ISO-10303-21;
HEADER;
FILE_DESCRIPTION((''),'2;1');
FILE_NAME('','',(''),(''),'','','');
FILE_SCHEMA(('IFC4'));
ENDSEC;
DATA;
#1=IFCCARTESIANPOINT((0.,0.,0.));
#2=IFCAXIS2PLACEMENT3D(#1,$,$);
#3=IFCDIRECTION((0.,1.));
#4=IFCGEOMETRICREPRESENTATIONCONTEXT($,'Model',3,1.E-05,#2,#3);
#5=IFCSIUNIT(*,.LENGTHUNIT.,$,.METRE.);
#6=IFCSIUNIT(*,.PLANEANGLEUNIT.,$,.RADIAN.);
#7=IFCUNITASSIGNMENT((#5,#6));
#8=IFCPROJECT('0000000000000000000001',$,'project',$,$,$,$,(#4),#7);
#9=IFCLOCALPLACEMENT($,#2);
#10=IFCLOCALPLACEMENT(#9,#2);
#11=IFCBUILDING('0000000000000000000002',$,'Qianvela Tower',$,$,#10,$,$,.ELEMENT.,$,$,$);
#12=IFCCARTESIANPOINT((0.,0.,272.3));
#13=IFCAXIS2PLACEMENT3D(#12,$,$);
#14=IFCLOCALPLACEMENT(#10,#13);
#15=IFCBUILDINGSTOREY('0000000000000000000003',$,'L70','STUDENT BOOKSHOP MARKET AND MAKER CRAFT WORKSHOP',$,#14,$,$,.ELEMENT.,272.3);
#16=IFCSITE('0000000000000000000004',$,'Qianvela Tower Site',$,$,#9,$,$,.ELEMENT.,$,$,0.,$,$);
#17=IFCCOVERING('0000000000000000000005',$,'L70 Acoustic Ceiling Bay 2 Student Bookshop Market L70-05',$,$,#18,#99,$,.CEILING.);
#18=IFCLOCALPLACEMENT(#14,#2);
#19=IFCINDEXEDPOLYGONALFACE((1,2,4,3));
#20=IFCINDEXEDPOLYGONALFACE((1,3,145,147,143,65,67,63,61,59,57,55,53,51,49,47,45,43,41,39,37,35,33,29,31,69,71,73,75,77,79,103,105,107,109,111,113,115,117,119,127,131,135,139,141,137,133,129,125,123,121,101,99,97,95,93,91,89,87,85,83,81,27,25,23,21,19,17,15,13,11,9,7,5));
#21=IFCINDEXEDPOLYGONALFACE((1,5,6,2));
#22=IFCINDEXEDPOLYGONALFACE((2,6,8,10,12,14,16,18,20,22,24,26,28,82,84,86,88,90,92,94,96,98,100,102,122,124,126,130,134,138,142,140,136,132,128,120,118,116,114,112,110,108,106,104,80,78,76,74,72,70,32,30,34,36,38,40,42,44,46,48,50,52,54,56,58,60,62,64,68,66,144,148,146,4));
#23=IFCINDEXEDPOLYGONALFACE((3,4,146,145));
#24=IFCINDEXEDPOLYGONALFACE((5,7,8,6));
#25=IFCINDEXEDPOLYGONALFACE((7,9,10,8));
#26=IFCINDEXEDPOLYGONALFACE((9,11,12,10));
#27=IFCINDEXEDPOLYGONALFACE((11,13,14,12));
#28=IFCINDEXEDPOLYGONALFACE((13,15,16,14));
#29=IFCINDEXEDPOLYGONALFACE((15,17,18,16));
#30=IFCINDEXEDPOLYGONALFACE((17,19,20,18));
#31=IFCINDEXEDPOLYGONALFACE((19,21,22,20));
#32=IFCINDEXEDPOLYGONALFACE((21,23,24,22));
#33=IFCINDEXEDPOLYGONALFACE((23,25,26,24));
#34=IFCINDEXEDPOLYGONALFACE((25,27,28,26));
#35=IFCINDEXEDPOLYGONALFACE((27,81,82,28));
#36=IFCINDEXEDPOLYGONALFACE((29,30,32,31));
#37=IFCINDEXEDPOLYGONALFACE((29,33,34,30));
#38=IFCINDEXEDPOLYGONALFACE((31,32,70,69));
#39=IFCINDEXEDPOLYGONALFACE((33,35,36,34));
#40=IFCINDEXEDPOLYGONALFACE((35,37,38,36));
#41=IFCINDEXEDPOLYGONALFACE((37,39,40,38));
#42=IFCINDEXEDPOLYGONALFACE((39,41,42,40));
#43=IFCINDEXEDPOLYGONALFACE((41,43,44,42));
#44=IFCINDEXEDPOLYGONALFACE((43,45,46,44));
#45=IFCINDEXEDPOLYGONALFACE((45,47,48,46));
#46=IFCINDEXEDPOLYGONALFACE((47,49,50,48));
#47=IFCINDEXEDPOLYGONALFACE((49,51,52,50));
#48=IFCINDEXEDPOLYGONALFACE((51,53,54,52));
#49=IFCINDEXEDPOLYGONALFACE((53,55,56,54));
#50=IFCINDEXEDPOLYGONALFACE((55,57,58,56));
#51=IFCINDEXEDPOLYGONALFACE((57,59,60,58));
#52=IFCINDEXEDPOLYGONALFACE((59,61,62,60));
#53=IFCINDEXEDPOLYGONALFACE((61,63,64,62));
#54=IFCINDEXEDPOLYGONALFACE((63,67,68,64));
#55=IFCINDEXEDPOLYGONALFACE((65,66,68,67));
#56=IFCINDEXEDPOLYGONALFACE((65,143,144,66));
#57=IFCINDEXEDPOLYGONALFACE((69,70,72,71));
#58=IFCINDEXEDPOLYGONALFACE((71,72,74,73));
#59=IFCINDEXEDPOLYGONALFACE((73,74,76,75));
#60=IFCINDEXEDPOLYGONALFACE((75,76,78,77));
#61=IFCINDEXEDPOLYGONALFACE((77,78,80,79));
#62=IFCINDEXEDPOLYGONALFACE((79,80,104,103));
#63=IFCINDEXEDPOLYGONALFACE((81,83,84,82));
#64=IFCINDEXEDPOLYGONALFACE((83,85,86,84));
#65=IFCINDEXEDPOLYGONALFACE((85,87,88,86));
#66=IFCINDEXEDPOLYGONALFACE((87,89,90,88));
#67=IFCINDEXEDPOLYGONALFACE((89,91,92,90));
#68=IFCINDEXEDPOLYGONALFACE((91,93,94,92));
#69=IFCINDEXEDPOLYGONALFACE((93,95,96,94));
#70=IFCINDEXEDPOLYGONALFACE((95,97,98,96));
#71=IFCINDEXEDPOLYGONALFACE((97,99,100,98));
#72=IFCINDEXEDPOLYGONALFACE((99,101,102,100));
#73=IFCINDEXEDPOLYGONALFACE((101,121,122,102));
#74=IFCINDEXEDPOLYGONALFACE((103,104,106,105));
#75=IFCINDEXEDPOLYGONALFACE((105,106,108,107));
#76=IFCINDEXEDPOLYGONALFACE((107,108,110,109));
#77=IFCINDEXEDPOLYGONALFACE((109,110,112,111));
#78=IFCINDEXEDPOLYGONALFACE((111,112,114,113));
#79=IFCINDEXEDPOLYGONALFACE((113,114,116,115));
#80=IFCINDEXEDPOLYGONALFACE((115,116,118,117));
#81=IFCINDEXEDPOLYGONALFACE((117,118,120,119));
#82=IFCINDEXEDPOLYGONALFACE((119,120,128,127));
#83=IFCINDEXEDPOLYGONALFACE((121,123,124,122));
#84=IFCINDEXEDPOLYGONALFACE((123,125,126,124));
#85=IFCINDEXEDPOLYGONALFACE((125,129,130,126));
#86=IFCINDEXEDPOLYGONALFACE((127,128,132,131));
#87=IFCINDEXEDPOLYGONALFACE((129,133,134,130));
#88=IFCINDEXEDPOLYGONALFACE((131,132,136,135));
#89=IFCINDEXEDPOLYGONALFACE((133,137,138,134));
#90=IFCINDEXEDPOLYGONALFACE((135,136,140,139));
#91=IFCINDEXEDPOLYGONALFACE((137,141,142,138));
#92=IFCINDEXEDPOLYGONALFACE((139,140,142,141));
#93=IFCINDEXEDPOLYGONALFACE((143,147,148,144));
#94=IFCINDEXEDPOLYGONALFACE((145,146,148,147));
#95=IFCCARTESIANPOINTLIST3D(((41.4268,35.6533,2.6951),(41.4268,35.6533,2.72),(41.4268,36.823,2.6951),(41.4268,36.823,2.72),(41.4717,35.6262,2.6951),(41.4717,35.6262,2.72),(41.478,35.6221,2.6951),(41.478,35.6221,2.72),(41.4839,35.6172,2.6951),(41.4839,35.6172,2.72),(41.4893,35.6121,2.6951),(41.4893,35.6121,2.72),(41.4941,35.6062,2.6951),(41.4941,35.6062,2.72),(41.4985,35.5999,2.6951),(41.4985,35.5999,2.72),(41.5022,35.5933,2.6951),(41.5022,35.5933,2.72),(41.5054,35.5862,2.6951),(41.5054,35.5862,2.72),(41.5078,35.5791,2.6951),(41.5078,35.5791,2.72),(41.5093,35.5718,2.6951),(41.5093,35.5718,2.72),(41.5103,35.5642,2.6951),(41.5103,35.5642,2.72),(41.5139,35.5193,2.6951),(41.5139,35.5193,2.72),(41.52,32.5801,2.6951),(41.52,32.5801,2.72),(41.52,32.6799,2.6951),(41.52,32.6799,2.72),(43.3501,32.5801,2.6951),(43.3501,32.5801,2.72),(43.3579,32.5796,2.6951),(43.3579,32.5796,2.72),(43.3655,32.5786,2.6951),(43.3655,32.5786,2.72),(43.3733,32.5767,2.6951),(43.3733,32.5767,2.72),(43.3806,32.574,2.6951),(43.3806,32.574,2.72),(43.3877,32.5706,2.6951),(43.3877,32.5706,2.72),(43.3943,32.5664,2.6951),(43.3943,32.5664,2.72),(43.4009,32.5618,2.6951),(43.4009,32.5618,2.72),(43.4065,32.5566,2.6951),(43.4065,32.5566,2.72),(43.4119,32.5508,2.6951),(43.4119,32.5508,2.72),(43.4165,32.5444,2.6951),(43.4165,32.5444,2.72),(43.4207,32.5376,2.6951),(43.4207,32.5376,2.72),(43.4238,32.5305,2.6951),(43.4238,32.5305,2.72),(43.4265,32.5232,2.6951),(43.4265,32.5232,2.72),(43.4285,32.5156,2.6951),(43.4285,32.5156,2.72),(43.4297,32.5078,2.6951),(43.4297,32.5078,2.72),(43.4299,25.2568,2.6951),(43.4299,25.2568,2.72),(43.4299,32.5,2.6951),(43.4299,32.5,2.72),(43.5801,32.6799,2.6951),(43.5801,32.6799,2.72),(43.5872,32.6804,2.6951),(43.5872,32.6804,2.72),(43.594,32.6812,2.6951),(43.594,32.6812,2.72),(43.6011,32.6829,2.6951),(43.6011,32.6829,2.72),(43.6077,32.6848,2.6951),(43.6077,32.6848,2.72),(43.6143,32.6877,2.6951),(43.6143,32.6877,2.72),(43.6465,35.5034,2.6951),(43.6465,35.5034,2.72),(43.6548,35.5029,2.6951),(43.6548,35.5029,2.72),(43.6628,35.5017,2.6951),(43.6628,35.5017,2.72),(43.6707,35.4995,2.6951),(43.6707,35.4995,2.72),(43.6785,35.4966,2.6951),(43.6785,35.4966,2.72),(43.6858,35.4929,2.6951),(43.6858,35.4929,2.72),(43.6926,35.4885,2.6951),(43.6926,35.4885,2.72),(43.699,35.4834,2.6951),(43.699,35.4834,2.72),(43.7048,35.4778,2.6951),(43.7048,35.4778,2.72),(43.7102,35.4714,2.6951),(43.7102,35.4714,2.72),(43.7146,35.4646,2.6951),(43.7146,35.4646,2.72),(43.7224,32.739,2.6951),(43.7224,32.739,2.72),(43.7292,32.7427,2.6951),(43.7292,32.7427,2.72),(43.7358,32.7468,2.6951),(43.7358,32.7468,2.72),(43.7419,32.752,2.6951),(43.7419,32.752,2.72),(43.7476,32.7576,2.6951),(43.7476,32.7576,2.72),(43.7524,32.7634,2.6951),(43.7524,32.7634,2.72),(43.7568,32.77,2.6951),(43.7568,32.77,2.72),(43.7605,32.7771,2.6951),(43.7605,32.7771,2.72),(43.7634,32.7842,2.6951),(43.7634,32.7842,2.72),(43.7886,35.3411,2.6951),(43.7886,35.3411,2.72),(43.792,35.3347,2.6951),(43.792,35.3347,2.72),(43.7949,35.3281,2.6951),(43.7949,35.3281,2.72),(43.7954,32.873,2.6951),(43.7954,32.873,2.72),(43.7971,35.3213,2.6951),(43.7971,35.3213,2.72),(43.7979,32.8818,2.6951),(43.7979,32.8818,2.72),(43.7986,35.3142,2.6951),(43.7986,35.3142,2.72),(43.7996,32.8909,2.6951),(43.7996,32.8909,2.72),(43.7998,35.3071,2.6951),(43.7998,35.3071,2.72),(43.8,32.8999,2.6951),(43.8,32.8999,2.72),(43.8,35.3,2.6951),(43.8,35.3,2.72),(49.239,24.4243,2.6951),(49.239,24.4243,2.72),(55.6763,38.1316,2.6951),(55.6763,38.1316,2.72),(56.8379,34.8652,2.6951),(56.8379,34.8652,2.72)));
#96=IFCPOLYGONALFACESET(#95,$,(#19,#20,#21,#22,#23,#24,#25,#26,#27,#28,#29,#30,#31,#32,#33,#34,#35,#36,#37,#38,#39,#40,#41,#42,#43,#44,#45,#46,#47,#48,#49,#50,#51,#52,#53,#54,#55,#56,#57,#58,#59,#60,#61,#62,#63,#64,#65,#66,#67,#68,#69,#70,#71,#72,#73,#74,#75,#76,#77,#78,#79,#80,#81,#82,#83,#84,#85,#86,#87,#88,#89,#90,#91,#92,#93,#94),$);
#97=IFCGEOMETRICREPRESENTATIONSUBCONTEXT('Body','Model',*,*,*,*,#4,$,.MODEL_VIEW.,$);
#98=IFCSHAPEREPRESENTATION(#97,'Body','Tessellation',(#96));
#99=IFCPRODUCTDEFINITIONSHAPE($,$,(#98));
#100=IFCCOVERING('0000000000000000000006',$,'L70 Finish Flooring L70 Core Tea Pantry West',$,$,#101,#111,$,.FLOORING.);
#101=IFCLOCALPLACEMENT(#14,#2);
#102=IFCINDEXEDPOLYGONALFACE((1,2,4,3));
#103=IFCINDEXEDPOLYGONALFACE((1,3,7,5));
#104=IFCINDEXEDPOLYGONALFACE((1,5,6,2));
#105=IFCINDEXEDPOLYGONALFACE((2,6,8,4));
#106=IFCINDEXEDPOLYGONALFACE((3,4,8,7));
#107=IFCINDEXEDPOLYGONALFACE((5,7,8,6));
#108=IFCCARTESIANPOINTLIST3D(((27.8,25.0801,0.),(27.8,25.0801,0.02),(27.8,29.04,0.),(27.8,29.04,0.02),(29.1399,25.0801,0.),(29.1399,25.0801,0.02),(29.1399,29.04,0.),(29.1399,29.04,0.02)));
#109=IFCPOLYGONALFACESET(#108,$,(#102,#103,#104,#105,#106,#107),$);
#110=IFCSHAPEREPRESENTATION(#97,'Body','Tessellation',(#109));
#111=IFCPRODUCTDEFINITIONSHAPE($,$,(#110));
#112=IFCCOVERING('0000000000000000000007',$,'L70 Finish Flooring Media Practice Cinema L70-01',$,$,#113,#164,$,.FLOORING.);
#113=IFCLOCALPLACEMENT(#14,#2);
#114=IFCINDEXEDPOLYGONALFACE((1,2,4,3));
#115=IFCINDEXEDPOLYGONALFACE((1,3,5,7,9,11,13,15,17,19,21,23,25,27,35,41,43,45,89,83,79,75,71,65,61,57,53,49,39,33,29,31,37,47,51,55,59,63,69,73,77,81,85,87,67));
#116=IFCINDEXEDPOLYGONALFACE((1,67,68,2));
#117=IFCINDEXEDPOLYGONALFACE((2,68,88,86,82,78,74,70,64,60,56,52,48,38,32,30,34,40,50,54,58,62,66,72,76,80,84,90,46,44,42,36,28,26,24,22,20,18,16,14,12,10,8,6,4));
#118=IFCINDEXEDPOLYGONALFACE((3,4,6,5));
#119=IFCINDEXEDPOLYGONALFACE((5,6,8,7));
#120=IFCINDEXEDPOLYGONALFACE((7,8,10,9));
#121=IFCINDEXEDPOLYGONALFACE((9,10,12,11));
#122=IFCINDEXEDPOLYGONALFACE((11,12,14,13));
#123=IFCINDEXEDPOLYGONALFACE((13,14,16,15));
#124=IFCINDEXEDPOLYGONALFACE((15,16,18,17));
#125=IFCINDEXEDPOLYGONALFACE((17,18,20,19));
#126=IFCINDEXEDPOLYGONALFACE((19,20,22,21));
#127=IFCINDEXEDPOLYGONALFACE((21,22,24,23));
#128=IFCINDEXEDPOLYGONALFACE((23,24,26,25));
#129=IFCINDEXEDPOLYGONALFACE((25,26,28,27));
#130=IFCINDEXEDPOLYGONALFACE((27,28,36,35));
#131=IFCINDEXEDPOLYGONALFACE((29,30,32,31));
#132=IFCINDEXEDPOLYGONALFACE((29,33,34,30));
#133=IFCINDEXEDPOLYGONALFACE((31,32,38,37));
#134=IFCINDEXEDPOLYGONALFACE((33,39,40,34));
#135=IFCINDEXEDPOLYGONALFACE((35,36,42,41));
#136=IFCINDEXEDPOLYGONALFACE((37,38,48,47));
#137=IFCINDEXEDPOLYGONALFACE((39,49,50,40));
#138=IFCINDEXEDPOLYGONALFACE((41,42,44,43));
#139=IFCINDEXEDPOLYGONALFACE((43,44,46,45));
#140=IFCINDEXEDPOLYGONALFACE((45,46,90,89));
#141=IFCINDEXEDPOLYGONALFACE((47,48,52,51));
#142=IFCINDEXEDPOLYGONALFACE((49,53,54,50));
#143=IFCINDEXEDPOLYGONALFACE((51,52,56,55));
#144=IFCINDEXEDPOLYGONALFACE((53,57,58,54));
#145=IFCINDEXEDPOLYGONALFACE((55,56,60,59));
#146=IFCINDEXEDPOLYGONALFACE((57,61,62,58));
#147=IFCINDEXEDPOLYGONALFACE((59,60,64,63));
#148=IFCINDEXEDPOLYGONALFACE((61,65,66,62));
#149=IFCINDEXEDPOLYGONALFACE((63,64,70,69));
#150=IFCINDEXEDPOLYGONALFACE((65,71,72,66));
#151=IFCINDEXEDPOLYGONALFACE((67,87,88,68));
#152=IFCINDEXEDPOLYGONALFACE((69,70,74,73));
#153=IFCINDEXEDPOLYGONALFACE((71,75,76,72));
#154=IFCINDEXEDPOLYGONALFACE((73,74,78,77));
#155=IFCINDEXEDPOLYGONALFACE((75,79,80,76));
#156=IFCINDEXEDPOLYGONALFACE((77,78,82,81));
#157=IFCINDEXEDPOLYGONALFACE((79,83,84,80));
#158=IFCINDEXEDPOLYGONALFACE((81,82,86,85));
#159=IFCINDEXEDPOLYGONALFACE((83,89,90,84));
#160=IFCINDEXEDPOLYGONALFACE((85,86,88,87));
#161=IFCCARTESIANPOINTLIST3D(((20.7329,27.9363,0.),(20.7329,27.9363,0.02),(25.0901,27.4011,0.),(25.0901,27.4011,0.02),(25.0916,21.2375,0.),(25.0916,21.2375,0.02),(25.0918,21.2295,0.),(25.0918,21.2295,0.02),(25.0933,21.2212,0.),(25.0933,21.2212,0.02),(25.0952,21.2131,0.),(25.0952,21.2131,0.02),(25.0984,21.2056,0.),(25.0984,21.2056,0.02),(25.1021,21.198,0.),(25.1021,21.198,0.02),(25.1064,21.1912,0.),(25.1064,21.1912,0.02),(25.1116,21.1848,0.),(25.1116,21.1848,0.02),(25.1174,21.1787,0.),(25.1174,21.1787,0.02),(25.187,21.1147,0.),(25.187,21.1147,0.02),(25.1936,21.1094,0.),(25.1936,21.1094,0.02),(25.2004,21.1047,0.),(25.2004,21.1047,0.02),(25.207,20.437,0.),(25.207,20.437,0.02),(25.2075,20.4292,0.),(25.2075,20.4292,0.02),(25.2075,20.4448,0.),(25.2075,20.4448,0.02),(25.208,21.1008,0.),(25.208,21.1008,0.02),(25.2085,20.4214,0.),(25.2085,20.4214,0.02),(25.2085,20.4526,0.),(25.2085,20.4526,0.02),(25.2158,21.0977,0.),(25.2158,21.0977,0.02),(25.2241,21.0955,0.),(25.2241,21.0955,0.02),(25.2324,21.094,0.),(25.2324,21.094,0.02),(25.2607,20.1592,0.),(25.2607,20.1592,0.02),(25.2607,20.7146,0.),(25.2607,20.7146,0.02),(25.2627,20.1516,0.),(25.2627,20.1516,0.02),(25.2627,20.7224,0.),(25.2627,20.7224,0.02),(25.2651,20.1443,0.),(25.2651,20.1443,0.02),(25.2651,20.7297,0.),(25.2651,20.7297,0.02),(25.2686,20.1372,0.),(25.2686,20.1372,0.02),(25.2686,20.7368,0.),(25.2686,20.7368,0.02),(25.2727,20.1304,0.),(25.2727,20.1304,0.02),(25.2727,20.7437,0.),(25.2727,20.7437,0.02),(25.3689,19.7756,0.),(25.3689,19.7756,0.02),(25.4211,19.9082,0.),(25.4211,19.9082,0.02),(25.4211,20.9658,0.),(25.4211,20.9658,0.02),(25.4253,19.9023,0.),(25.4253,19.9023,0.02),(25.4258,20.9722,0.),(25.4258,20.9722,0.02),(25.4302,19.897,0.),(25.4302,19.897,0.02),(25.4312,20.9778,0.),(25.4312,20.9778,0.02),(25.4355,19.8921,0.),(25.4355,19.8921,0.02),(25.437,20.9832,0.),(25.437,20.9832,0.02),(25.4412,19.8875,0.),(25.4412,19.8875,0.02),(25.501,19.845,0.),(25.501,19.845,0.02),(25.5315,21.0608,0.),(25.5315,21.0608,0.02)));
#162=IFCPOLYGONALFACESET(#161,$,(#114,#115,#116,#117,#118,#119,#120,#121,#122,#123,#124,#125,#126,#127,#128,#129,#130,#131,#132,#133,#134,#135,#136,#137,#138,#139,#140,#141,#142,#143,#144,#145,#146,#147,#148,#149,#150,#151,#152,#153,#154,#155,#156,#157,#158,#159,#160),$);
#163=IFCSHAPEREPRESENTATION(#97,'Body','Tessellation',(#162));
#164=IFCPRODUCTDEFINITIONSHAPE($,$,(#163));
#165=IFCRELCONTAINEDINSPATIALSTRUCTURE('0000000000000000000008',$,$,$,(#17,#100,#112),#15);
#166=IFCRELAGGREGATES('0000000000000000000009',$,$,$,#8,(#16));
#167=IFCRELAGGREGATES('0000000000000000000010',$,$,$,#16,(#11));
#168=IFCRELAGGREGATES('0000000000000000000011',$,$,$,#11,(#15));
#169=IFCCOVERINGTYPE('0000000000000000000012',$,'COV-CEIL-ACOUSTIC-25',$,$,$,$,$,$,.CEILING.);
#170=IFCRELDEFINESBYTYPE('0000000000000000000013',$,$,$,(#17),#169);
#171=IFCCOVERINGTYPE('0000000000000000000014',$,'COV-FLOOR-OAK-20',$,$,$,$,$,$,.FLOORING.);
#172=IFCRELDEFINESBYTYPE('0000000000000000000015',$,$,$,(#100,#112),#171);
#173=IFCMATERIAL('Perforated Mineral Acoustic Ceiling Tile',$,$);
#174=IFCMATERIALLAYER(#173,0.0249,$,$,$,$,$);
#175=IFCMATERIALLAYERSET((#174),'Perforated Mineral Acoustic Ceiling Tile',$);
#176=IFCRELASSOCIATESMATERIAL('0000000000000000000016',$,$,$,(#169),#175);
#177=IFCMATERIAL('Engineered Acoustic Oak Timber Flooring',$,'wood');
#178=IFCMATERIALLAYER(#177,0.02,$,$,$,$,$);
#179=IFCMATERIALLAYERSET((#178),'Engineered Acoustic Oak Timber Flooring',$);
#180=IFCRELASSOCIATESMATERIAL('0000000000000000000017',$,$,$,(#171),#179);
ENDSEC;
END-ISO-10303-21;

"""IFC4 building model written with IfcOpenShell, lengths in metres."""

from ifc_helpers import new_model, si_unit, direction, frame, origin, place, context, subcontext, project, spatial, polyline, outline, extrude, material, layer, layer_set, type_object, element, save


model = new_model("IFC4")

# Units and contexts
model_context = context("Model", 3, precision=1e-05, world=origin(), true_north=direction((0.0, 1.0)))
body_context = subcontext(model_context, "Body", "Model", "MODEL_VIEW")
ifc_project = project(units=[si_unit("LENGTHUNIT", "METRE"), si_unit("PLANEANGLEUNIT", "RADIAN")], contexts=[model_context])

# Site, building, storey
site_placement = place(None, origin())
site = spatial("IfcSite", under=ifc_project, at=site_placement, Name="Qianvela Tower Site", CompositionType="ELEMENT", RefElevation=0.0)
building_placement = place(site_placement, origin())
building = spatial("IfcBuilding", under=site, at=building_placement, Name="Qianvela Tower", CompositionType="ELEMENT")
storey_placement = place(building_placement, frame((0.0, 0.0, 272.3)))
storey = spatial("IfcBuildingStorey", under=building, at=storey_placement, Name="L70", Description="STUDENT BOOKSHOP MARKET AND MAKER CRAFT WORKSHOP", CompositionType="ELEMENT", Elevation=272.3)

# Coverings
ifc_material_1 = material(Name="Perforated Mineral Acoustic Ceiling Tile")
ifc_layer_1 = layer(ifc_material_1, 0.0249)
ifc_layer_set_1 = layer_set([ifc_layer_1], Name="Perforated Mineral Acoustic Ceiling Tile")
covering_type_1 = type_object("IfcCoveringType", Name="COV-CEIL-ACOUSTIC-25", PredefinedType="CEILING", material=ifc_layer_set_1)
covering_1_placement = place(storey_placement, frame((0.0, 0.0, 2.6951)))
element("IfcCovering", 1, at=covering_1_placement, inside=storey, type_object=covering_type_1, Name="L70 Acoustic Ceiling Bay 2 Student Bookshop Market L70-05", PredefinedType="CEILING", context=body_context, shape_type="SweptSolid", body=[
    extrude(outline(polyline([(55.6763, 38.1316), (56.8379, 34.8652), (49.239, 24.4243), (43.4299, 25.2568), (43.4299, 32.5), (43.4297, 32.5078), (43.4285, 32.5156), (43.4265, 32.5232), (43.4238, 32.5305), (43.4207, 32.5376), (43.4165, 32.5444), (43.4119, 32.5508), (43.4065, 32.5566), (43.4009, 32.5618), (43.3943, 32.5664), (43.3877, 32.5706), (43.3806, 32.574), (43.3733, 32.5767), (43.3655, 32.5786), (43.3579, 32.5796), (43.3501, 32.5801), (41.52, 32.5801), (41.52, 32.6799), (43.5801, 32.6799), (43.5872, 32.6804), (43.594, 32.6812), (43.6011, 32.6829), (43.6077, 32.6848), (43.6143, 32.6877), (43.7224, 32.739), (43.7292, 32.7427), (43.7358, 32.7468), (43.7419, 32.752), (43.7476, 32.7576), (43.7524, 32.7634), (43.7568, 32.77), (43.7605, 32.7771), (43.7634, 32.7842), (43.7954, 32.873), (43.7979, 32.8818), (43.7996, 32.8909), (43.8, 32.8999), (43.8, 35.3), (43.7998, 35.3071), (43.7986, 35.3142), (43.7971, 35.3213), (43.7949, 35.3281), (43.792, 35.3347), (43.7886, 35.3411), (43.7146, 35.4646), (43.7102, 35.4714), (43.7048, 35.4778), (43.699, 35.4834), (43.6926, 35.4885), (43.6858, 35.4929), (43.6785, 35.4966), (43.6707, 35.4995), (43.6628, 35.5017), (43.6548, 35.5029), (43.6465, 35.5034), (41.5139, 35.5193), (41.5103, 35.5642), (41.5093, 35.5718), (41.5078, 35.5791), (41.5054, 35.5862), (41.5022, 35.5933), (41.4985, 35.5999), (41.4941, 35.6062), (41.4893, 35.6121), (41.4839, 35.6172), (41.478, 35.6221), (41.4717, 35.6262), (41.4268, 35.6533), (41.4268, 36.823), (55.6763, 38.1316)])), origin(), (0.0, 0.0, 1.0), 0.0249),
])
ifc_material_2 = material(Name="Engineered Acoustic Oak Timber Flooring", Category="wood")
ifc_layer_2 = layer(ifc_material_2, 0.02)
ifc_layer_set_2 = layer_set([ifc_layer_2], Name="Engineered Acoustic Oak Timber Flooring")
covering_type_2 = type_object("IfcCoveringType", Name="COV-FLOOR-OAK-20", PredefinedType="FLOORING", material=ifc_layer_set_2)
covering_2_placement = place(storey_placement, origin())
element("IfcCovering", 2, at=covering_2_placement, inside=storey, type_object=covering_type_2, Name="L70 Finish Flooring L70 Core Tea Pantry West", PredefinedType="FLOORING", context=body_context, shape_type="SweptSolid", body=[
    extrude(outline(polyline([(27.8, 25.0801), (27.8, 29.04), (29.1399, 29.04), (29.1399, 25.0801), (27.8, 25.0801)])), origin(), (0.0, 0.0, 1.0), 0.02),
])
covering_3_placement = place(storey_placement, origin())
element("IfcCovering", 3, at=covering_3_placement, inside=storey, type_object=covering_type_2, Name="L70 Finish Flooring Media Practice Cinema L70-01", PredefinedType="FLOORING", context=body_context, shape_type="SweptSolid", body=[
    extrude(outline(polyline([(25.0916, 21.2375), (25.0918, 21.2295), (25.0933, 21.2212), (25.0952, 21.2131), (25.0984, 21.2056), (25.1021, 21.198), (25.1064, 21.1912), (25.1116, 21.1848), (25.1174, 21.1787), (25.187, 21.1147), (25.1936, 21.1094), (25.2004, 21.1047), (25.208, 21.1008), (25.2158, 21.0977), (25.2241, 21.0955), (25.2324, 21.094), (25.5315, 21.0608), (25.437, 20.9832), (25.4312, 20.9778), (25.4258, 20.9722), (25.4211, 20.9658), (25.2727, 20.7437), (25.2686, 20.7368), (25.2651, 20.7297), (25.2627, 20.7224), (25.2607, 20.7146), (25.2085, 20.4526), (25.2075, 20.4448), (25.207, 20.437), (25.2075, 20.4292), (25.2085, 20.4214), (25.2607, 20.1592), (25.2627, 20.1516), (25.2651, 20.1443), (25.2686, 20.1372), (25.2727, 20.1304), (25.4211, 19.9082), (25.4253, 19.9023), (25.4302, 19.897), (25.4355, 19.8921), (25.4412, 19.8875), (25.501, 19.845), (25.3689, 19.7756), (20.7329, 27.9363), (25.0901, 27.4011), (25.0916, 21.2375)])), origin(), (0.0, 0.0, 1.0), 0.02),
])

save(model, "model.ifc")
